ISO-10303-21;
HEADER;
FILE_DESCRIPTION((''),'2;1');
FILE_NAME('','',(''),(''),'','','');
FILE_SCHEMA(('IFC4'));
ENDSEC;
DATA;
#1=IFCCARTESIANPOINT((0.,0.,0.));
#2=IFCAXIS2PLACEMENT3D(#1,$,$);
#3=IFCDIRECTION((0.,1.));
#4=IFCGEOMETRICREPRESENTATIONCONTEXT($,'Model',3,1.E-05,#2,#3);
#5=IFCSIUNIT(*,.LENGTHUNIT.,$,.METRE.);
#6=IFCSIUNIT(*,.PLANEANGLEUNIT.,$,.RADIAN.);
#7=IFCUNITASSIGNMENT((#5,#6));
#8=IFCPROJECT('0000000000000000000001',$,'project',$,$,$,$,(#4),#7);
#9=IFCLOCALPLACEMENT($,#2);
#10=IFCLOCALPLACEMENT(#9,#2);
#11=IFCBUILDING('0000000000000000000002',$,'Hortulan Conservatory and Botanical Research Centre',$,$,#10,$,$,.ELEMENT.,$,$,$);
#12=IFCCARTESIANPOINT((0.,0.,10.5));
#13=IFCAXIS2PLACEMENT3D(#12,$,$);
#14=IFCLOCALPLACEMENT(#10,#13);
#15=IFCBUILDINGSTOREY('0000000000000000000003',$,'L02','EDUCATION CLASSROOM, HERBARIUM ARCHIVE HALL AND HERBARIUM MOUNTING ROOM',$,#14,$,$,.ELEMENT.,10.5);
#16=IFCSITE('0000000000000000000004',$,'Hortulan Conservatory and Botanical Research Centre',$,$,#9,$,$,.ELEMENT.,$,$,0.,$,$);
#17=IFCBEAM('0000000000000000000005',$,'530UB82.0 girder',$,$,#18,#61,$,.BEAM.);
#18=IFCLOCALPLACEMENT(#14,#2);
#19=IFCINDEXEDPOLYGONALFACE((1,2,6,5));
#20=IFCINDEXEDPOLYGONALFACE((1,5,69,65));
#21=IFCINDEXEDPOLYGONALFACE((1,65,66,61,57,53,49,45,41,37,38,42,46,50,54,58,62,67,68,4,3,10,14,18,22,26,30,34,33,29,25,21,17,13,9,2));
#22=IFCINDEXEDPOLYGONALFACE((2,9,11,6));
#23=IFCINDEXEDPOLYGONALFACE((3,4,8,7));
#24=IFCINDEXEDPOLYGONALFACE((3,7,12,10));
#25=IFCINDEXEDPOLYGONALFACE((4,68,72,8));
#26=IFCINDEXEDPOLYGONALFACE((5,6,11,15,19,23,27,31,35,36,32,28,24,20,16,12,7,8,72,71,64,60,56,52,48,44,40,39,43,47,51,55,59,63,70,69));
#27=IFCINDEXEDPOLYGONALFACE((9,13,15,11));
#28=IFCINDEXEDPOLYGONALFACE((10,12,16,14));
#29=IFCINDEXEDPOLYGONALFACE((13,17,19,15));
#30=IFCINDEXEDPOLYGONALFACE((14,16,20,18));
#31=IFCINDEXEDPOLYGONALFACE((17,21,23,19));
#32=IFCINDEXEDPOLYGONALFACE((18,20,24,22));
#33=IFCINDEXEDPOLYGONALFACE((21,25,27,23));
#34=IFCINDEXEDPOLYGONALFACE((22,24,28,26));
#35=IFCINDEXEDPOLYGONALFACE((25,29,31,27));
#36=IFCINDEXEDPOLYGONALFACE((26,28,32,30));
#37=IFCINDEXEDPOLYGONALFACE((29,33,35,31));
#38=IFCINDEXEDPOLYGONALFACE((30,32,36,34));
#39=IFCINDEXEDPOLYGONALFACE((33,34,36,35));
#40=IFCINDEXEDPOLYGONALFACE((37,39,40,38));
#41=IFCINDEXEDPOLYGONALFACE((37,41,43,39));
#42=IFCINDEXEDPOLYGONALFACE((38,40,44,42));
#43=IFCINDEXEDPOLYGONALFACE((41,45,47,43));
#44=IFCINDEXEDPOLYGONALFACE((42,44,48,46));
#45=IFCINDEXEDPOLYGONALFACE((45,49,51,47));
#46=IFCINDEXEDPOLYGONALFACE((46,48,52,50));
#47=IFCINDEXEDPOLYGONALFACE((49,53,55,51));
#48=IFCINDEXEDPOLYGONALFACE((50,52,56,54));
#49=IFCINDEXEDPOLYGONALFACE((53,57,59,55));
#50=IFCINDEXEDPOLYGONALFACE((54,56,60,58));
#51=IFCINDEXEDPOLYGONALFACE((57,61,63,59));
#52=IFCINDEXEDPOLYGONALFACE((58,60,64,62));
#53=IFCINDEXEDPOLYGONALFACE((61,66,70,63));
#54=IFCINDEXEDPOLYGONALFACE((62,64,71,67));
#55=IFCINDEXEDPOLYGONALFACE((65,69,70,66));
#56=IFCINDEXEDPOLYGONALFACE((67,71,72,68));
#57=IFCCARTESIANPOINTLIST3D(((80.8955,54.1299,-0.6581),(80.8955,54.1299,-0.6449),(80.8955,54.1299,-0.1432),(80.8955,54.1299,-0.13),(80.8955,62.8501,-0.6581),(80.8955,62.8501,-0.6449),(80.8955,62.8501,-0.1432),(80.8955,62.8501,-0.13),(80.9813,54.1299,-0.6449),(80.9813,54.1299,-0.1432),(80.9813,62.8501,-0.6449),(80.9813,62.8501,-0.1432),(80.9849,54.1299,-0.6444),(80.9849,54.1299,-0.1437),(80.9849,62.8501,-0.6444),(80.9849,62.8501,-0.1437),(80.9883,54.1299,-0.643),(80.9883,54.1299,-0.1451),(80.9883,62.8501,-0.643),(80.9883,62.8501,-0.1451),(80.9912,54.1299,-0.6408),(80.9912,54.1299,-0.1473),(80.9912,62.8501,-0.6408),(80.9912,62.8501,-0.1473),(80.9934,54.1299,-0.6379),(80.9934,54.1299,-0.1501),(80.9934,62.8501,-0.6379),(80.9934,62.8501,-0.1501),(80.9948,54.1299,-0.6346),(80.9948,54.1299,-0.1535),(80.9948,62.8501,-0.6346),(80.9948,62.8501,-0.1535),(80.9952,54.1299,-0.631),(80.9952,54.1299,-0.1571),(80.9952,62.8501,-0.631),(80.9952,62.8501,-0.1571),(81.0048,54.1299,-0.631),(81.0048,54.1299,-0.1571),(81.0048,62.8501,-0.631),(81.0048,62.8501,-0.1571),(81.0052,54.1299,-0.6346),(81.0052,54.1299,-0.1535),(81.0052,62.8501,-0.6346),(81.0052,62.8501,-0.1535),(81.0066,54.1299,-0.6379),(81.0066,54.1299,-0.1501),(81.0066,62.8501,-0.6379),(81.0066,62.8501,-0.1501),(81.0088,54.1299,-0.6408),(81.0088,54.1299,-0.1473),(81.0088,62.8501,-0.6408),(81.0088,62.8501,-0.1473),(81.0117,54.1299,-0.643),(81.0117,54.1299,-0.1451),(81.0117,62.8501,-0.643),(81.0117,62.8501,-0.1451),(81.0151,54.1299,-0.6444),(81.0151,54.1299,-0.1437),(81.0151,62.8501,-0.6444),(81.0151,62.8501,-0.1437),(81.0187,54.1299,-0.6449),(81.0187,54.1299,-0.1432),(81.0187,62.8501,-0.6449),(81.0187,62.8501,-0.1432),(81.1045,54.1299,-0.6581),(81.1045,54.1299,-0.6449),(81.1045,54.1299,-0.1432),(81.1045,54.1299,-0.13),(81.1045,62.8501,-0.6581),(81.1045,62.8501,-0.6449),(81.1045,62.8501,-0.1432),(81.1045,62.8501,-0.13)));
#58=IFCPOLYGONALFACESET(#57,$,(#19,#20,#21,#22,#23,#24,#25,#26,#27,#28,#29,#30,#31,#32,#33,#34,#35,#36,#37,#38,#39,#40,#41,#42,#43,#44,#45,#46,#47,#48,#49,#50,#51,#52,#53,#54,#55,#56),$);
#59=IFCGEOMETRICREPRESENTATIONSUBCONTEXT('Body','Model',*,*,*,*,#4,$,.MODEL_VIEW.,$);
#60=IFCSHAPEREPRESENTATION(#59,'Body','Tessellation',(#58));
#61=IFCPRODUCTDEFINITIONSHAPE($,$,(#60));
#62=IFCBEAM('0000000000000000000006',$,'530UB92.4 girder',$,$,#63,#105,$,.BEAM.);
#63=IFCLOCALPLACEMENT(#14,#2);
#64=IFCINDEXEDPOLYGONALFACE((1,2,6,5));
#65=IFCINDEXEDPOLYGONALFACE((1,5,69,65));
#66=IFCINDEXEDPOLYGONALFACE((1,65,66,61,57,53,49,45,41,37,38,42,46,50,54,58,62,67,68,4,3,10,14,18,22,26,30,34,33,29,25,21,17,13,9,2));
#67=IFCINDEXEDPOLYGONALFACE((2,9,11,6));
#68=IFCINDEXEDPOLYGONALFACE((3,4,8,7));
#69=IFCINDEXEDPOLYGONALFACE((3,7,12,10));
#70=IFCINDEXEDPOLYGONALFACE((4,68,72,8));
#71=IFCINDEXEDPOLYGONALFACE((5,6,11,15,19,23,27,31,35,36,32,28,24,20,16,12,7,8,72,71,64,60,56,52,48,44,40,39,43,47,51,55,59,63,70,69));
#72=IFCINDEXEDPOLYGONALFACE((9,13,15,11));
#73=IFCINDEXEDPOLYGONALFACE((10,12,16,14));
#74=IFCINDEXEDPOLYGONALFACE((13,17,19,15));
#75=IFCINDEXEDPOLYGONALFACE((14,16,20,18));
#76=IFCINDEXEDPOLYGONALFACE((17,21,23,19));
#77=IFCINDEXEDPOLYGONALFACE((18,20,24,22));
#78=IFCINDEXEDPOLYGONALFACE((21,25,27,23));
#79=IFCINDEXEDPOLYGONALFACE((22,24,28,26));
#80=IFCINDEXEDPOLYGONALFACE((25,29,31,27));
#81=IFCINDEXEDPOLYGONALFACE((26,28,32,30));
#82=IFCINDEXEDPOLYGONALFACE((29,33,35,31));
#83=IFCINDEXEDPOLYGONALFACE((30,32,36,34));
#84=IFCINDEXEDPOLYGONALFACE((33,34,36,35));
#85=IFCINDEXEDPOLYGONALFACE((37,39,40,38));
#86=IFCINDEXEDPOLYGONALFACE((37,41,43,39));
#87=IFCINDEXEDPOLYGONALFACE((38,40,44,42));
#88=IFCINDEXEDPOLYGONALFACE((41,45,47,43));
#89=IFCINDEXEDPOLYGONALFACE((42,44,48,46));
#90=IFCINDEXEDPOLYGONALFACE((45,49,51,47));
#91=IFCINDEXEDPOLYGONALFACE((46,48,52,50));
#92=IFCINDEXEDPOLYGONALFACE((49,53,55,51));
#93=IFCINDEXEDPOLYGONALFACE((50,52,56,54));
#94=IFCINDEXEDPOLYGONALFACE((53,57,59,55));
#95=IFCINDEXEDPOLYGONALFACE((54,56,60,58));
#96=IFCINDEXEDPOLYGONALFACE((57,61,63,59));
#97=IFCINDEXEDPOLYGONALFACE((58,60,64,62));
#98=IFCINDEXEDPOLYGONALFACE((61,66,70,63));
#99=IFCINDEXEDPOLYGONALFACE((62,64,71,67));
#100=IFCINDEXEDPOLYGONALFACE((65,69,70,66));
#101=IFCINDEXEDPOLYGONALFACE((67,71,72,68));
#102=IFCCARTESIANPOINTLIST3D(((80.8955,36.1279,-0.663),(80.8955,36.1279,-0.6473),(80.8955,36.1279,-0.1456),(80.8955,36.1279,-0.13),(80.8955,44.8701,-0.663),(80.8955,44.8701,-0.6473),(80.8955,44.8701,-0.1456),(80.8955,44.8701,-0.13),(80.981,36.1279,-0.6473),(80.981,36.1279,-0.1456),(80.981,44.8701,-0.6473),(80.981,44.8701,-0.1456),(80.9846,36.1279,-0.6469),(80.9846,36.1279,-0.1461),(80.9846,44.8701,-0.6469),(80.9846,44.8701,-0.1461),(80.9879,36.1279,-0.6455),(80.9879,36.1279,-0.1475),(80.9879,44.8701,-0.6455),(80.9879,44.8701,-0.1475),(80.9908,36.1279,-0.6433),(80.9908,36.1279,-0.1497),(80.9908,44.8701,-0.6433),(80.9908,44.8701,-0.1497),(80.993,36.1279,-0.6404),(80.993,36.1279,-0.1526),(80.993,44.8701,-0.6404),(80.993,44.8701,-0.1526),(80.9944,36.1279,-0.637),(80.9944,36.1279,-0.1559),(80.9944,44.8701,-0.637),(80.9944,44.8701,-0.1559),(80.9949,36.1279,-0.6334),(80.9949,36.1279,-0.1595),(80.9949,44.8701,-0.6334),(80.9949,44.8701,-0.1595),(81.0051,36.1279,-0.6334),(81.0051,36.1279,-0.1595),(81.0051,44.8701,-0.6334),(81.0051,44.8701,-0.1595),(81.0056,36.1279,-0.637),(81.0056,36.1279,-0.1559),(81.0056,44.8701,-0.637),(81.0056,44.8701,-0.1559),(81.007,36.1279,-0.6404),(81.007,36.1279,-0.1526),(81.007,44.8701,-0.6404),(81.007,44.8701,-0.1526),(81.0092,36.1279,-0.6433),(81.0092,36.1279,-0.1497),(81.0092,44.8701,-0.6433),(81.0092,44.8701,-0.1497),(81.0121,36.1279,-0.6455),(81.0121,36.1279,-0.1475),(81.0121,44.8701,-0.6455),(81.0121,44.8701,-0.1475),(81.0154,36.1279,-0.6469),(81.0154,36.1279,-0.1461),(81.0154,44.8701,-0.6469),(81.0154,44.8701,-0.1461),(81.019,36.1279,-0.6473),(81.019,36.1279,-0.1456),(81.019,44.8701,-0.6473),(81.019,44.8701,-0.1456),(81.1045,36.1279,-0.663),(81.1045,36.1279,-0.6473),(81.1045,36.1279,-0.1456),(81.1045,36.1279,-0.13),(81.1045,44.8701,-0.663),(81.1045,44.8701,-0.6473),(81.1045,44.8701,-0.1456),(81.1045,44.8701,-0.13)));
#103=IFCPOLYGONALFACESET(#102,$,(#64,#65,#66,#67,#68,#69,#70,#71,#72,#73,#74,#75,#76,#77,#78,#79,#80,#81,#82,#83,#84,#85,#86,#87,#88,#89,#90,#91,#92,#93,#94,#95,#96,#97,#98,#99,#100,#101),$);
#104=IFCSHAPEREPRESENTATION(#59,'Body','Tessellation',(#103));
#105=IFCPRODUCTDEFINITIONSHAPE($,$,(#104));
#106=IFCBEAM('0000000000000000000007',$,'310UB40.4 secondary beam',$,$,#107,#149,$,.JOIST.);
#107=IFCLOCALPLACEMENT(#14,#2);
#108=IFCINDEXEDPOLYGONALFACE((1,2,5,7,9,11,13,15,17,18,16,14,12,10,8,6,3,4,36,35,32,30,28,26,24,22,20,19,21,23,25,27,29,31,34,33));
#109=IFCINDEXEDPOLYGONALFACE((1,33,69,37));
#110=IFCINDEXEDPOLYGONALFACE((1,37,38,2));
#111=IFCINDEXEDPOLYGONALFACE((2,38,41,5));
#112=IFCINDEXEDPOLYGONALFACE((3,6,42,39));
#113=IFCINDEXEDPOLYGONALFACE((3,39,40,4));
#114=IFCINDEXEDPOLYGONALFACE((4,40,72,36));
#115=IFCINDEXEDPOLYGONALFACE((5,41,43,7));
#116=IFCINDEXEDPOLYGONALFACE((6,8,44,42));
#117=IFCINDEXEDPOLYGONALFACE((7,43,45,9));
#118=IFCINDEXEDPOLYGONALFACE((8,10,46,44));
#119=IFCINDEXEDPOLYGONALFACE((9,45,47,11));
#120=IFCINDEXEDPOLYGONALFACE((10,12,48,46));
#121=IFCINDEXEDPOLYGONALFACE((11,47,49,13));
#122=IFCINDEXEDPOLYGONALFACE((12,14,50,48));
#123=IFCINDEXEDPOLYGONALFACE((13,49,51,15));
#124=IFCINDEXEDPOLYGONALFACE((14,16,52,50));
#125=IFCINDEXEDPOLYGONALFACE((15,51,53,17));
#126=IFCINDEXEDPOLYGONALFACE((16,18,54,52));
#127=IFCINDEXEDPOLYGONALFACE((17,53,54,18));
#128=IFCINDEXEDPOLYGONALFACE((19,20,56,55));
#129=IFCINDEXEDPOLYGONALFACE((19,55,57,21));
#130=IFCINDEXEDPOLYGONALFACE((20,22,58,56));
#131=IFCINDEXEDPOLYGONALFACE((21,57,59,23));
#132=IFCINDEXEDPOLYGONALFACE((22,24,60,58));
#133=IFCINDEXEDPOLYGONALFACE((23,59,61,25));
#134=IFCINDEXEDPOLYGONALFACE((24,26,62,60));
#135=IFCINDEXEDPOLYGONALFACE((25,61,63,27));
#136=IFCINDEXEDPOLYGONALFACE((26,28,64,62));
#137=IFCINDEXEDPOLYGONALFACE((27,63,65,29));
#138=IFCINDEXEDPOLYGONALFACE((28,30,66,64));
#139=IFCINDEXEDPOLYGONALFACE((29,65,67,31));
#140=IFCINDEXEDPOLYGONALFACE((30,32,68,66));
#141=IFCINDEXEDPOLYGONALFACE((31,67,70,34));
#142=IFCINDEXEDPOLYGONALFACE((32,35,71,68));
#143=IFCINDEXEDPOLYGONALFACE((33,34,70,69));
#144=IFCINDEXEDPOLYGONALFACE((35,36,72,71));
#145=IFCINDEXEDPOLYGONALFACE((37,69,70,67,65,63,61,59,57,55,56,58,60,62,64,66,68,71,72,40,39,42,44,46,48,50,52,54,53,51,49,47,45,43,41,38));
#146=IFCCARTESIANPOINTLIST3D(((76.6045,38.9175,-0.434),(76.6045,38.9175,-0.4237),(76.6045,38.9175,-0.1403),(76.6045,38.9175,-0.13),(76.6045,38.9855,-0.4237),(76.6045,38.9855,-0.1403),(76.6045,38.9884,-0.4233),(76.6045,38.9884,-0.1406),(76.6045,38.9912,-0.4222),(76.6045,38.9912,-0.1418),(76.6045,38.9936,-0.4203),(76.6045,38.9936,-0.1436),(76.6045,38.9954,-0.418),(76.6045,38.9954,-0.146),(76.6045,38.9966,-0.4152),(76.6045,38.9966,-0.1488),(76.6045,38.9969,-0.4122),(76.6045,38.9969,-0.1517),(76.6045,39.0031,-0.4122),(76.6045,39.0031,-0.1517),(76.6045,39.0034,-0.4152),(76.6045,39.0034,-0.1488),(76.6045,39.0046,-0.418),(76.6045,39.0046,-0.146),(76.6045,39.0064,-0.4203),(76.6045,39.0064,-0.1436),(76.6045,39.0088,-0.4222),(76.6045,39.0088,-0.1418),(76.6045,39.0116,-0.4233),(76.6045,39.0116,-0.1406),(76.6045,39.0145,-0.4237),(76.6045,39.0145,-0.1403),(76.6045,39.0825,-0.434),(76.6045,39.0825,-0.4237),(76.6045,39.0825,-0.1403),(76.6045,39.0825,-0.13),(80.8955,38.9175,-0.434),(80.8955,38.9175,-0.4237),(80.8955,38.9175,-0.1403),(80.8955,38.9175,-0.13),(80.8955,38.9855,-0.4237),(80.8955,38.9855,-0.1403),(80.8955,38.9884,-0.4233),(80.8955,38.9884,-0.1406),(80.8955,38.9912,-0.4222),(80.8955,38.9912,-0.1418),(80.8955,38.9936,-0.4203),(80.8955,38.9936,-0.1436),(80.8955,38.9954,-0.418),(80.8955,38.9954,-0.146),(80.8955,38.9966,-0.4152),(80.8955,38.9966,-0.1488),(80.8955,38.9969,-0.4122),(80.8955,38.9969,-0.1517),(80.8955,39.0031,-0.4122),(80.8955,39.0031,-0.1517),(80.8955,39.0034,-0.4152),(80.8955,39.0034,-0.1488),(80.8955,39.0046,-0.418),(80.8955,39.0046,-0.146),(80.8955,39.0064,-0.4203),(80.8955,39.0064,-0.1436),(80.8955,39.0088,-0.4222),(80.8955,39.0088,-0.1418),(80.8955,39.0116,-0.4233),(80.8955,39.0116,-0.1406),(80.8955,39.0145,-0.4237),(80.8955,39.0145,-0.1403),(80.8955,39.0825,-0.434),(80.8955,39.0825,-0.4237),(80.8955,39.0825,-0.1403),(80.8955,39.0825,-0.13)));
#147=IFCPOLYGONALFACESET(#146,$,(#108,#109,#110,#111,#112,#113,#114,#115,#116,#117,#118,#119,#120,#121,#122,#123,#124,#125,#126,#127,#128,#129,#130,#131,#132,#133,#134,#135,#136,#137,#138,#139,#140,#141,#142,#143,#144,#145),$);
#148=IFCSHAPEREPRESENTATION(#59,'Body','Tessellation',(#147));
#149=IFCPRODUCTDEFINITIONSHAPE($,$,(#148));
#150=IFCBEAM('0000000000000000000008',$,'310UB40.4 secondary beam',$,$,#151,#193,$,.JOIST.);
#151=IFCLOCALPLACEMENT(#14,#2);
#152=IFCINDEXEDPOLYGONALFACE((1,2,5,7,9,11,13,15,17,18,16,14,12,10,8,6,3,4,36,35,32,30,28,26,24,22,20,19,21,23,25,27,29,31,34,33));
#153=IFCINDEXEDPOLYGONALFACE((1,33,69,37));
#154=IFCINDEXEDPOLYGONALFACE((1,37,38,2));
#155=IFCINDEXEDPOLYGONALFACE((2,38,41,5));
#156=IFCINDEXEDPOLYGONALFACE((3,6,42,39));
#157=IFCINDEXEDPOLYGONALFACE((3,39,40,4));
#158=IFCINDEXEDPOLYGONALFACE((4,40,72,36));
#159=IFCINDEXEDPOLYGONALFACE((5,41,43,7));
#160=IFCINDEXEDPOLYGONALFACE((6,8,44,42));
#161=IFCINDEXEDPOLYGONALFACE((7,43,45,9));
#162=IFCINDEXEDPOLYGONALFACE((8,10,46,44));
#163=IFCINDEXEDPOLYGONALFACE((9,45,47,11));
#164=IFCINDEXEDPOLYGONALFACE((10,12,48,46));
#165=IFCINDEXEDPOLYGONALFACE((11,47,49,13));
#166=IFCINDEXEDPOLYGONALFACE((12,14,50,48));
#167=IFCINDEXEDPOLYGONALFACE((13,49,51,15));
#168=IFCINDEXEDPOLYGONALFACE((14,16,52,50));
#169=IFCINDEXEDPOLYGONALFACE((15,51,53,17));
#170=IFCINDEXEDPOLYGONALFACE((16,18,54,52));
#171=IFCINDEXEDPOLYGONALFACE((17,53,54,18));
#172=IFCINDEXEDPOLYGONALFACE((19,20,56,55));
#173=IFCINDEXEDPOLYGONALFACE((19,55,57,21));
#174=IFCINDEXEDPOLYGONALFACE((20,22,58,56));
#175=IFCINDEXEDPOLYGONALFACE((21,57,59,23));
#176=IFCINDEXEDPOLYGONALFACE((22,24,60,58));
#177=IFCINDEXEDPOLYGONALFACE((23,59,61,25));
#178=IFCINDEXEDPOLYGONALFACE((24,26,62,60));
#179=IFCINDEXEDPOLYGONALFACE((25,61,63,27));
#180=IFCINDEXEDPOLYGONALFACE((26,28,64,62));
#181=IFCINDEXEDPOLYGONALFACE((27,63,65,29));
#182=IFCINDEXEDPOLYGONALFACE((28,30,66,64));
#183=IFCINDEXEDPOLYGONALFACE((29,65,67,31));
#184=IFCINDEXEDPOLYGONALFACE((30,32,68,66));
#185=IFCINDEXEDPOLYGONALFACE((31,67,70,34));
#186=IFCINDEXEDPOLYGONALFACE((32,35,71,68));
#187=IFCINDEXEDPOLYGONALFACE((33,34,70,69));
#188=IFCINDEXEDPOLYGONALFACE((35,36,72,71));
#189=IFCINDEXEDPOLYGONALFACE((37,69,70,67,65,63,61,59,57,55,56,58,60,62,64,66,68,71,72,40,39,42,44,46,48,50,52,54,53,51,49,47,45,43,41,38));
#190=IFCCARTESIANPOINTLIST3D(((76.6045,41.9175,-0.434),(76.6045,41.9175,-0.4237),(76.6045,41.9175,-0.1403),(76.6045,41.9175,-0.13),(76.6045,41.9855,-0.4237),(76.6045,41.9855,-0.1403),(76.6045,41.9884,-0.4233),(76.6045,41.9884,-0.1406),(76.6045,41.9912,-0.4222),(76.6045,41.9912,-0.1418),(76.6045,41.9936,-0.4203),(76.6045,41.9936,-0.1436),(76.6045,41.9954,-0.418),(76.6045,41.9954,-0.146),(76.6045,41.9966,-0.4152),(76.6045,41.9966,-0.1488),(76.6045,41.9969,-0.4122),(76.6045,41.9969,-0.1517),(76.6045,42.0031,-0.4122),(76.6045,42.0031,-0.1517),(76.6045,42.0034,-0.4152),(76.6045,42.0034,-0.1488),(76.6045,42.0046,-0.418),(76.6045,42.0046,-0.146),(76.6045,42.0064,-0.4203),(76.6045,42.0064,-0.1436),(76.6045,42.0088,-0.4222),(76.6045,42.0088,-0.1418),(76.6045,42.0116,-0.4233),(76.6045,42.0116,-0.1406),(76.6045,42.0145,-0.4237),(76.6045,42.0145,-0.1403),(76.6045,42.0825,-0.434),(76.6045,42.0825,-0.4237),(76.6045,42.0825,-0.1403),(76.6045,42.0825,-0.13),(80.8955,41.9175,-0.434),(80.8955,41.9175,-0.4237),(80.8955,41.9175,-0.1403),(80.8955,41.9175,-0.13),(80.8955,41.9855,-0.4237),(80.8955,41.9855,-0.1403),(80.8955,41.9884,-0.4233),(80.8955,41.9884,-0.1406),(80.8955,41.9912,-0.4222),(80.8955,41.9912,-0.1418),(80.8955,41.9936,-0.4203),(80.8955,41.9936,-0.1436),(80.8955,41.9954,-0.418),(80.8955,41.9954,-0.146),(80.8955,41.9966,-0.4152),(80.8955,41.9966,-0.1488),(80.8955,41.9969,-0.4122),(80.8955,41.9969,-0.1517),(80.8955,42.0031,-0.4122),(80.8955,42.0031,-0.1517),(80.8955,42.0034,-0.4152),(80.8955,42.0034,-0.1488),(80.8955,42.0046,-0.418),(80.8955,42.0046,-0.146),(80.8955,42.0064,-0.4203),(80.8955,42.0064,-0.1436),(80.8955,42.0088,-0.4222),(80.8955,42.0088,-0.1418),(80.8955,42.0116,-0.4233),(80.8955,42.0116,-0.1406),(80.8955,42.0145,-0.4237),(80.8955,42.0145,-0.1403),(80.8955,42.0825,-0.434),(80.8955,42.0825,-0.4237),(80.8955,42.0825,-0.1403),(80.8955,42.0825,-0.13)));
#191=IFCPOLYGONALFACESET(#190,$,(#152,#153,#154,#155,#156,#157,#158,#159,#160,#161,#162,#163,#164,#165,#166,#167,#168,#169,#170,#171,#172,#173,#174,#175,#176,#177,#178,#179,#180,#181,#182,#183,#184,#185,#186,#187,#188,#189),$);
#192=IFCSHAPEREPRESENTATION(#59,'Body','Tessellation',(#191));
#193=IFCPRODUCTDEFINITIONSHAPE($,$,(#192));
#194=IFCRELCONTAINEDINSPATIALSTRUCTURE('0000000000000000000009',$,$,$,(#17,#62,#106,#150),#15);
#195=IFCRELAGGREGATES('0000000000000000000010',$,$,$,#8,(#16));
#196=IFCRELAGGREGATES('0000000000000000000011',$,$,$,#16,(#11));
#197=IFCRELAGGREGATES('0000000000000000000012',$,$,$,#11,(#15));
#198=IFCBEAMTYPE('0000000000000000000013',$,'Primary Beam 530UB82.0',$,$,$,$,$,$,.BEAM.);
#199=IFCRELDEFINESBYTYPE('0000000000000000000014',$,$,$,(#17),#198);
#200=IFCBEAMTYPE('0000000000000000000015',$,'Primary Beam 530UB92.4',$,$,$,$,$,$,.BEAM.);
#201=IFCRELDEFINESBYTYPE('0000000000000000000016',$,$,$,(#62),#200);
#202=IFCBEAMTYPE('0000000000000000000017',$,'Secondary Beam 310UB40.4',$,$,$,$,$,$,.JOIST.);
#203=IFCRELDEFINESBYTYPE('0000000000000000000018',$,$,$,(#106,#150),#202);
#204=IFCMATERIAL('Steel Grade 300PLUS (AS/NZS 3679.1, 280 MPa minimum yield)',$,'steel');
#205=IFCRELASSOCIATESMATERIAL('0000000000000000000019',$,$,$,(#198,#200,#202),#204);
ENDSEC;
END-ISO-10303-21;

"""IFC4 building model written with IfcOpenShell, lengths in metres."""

from ifc_helpers import new_model, si_unit, direction, frame, origin, origin_2d, place, context, subcontext, project, spatial, i_section, extrude, material, material_profile, profile_set, type_object, element, save


model = new_model("IFC4")

# Units and contexts
model_context = context("Model", 3, precision=1e-05, world=origin(), true_north=direction((0.0, 1.0)))
body_context = subcontext(model_context, "Body", "Model", "MODEL_VIEW")
ifc_project = project(units=[si_unit("LENGTHUNIT", "METRE"), si_unit("PLANEANGLEUNIT", "RADIAN")], contexts=[model_context])

# Site, building, storey
site_placement = place(None, origin())
site = spatial("IfcSite", under=ifc_project, at=site_placement, Name="Hortulan Conservatory and Botanical Research Centre", CompositionType="ELEMENT", RefElevation=0.0)
building_placement = place(site_placement, origin())
building = spatial("IfcBuilding", under=site, at=building_placement, Name="Hortulan Conservatory and Botanical Research Centre", CompositionType="ELEMENT")
storey_placement = place(building_placement, frame((0.0, 0.0, 10.5)))
storey = spatial("IfcBuildingStorey", under=building, at=storey_placement, Name="L02", Description="EDUCATION CLASSROOM, HERBARIUM ARCHIVE HALL AND HERBARIUM MOUNTING ROOM", CompositionType="ELEMENT", Elevation=10.5)

# Shared definitions
ifc_material_1 = material(Name="Steel Grade 300PLUS (AS/NZS 3679.1, 280 MPa minimum yield)", Category="steel")

# Beams
ifc_material_profile_1 = material_profile(ifc_material_1, i_section(OverallWidth=0.209, OverallDepth=0.5281, WebThickness=0.0095, FlangeThickness=0.0132, FilletRadius=0.0139, at=origin_2d()), Name="530UB82.0")
ifc_profile_set_1 = profile_set([ifc_material_profile_1], Name="Steel Grade 300PLUS (AS/NZS 3679.1, 280 MPa minimum yield)")
beam_type_1 = type_object("IfcBeamType", Name="Primary Beam 530UB82.0", PredefinedType="BEAM", material=ifc_profile_set_1)
beam_1_placement = place(storey_placement, frame((81.0, 54.1299, -0.394), z_axis=(0.0, 1.0, 0.0), x_axis=(-1.0, 0.0, 0.0)))
element("IfcBeam", 1, at=beam_1_placement, inside=storey, type_object=beam_type_1, Name="530UB82.0 girder", PredefinedType="BEAM", context=body_context, shape_type="SweptSolid", body=[
    extrude(i_section(OverallWidth=0.209, OverallDepth=0.5281, WebThickness=0.0095, FlangeThickness=0.0132, FilletRadius=0.0139, at=origin_2d()), origin(), (0.0, 0.0, 1.0), 8.7202),
])
ifc_material_profile_2 = material_profile(ifc_material_1, i_section(OverallWidth=0.209, OverallDepth=0.533, WebThickness=0.0103, FlangeThickness=0.0156, FilletRadius=0.0139, at=origin_2d()), Name="530UB92.4")
ifc_profile_set_2 = profile_set([ifc_material_profile_2], Name="Steel Grade 300PLUS (AS/NZS 3679.1, 280 MPa minimum yield)")
beam_type_2 = type_object("IfcBeamType", Name="Primary Beam 530UB92.4", PredefinedType="BEAM", material=ifc_profile_set_2)
beam_2_placement = place(storey_placement, frame((81.0, 36.1279, -0.3965), z_axis=(0.0, 1.0, 0.0), x_axis=(-1.0, 0.0, 0.0)))
element("IfcBeam", 2, at=beam_2_placement, inside=storey, type_object=beam_type_2, Name="530UB92.4 girder", PredefinedType="BEAM", context=body_context, shape_type="SweptSolid", body=[
    extrude(i_section(OverallWidth=0.209, OverallDepth=0.533, WebThickness=0.0103, FlangeThickness=0.0156, FilletRadius=0.0139, at=origin_2d()), origin(), (0.0, 0.0, 1.0), 8.7422),
])
ifc_material_profile_3 = material_profile(ifc_material_1, i_section(OverallWidth=0.165, OverallDepth=0.304, WebThickness=0.0061, FlangeThickness=0.0103, FilletRadius=0.0115, at=origin_2d()), Name="310UB40.4")
ifc_profile_set_3 = profile_set([ifc_material_profile_3], Name="Steel Grade 300PLUS (AS/NZS 3679.1, 280 MPa minimum yield)")
beam_type_3 = type_object("IfcBeamType", Name="Secondary Beam 310UB40.4", PredefinedType="JOIST", material=ifc_profile_set_3)
for number, where, z_axis, x_axis, name in (
    (3, (76.6045, 39.0, -0.282), (1.0, 0.0, 0.0), (0.0, 1.0, 0.0), "310UB40.4 secondary beam"),
    (4, (76.6045, 42.0, -0.282), (1.0, 0.0, 0.0), (0.0, 1.0, 0.0), "310UB40.4 secondary beam"),
):
    element("IfcBeam", number, at=place(storey_placement, frame(where, z_axis=z_axis, x_axis=x_axis)), inside=storey, type_object=beam_type_3, Name=name, PredefinedType="JOIST", context=body_context, shape_type="SweptSolid", body=[
        extrude(i_section(OverallWidth=0.165, OverallDepth=0.304, WebThickness=0.0061, FlangeThickness=0.0103, FilletRadius=0.0115, at=origin_2d()), origin(), (0.0, 0.0, 1.0), 4.291),
    ])

save(model, "model.ifc")
